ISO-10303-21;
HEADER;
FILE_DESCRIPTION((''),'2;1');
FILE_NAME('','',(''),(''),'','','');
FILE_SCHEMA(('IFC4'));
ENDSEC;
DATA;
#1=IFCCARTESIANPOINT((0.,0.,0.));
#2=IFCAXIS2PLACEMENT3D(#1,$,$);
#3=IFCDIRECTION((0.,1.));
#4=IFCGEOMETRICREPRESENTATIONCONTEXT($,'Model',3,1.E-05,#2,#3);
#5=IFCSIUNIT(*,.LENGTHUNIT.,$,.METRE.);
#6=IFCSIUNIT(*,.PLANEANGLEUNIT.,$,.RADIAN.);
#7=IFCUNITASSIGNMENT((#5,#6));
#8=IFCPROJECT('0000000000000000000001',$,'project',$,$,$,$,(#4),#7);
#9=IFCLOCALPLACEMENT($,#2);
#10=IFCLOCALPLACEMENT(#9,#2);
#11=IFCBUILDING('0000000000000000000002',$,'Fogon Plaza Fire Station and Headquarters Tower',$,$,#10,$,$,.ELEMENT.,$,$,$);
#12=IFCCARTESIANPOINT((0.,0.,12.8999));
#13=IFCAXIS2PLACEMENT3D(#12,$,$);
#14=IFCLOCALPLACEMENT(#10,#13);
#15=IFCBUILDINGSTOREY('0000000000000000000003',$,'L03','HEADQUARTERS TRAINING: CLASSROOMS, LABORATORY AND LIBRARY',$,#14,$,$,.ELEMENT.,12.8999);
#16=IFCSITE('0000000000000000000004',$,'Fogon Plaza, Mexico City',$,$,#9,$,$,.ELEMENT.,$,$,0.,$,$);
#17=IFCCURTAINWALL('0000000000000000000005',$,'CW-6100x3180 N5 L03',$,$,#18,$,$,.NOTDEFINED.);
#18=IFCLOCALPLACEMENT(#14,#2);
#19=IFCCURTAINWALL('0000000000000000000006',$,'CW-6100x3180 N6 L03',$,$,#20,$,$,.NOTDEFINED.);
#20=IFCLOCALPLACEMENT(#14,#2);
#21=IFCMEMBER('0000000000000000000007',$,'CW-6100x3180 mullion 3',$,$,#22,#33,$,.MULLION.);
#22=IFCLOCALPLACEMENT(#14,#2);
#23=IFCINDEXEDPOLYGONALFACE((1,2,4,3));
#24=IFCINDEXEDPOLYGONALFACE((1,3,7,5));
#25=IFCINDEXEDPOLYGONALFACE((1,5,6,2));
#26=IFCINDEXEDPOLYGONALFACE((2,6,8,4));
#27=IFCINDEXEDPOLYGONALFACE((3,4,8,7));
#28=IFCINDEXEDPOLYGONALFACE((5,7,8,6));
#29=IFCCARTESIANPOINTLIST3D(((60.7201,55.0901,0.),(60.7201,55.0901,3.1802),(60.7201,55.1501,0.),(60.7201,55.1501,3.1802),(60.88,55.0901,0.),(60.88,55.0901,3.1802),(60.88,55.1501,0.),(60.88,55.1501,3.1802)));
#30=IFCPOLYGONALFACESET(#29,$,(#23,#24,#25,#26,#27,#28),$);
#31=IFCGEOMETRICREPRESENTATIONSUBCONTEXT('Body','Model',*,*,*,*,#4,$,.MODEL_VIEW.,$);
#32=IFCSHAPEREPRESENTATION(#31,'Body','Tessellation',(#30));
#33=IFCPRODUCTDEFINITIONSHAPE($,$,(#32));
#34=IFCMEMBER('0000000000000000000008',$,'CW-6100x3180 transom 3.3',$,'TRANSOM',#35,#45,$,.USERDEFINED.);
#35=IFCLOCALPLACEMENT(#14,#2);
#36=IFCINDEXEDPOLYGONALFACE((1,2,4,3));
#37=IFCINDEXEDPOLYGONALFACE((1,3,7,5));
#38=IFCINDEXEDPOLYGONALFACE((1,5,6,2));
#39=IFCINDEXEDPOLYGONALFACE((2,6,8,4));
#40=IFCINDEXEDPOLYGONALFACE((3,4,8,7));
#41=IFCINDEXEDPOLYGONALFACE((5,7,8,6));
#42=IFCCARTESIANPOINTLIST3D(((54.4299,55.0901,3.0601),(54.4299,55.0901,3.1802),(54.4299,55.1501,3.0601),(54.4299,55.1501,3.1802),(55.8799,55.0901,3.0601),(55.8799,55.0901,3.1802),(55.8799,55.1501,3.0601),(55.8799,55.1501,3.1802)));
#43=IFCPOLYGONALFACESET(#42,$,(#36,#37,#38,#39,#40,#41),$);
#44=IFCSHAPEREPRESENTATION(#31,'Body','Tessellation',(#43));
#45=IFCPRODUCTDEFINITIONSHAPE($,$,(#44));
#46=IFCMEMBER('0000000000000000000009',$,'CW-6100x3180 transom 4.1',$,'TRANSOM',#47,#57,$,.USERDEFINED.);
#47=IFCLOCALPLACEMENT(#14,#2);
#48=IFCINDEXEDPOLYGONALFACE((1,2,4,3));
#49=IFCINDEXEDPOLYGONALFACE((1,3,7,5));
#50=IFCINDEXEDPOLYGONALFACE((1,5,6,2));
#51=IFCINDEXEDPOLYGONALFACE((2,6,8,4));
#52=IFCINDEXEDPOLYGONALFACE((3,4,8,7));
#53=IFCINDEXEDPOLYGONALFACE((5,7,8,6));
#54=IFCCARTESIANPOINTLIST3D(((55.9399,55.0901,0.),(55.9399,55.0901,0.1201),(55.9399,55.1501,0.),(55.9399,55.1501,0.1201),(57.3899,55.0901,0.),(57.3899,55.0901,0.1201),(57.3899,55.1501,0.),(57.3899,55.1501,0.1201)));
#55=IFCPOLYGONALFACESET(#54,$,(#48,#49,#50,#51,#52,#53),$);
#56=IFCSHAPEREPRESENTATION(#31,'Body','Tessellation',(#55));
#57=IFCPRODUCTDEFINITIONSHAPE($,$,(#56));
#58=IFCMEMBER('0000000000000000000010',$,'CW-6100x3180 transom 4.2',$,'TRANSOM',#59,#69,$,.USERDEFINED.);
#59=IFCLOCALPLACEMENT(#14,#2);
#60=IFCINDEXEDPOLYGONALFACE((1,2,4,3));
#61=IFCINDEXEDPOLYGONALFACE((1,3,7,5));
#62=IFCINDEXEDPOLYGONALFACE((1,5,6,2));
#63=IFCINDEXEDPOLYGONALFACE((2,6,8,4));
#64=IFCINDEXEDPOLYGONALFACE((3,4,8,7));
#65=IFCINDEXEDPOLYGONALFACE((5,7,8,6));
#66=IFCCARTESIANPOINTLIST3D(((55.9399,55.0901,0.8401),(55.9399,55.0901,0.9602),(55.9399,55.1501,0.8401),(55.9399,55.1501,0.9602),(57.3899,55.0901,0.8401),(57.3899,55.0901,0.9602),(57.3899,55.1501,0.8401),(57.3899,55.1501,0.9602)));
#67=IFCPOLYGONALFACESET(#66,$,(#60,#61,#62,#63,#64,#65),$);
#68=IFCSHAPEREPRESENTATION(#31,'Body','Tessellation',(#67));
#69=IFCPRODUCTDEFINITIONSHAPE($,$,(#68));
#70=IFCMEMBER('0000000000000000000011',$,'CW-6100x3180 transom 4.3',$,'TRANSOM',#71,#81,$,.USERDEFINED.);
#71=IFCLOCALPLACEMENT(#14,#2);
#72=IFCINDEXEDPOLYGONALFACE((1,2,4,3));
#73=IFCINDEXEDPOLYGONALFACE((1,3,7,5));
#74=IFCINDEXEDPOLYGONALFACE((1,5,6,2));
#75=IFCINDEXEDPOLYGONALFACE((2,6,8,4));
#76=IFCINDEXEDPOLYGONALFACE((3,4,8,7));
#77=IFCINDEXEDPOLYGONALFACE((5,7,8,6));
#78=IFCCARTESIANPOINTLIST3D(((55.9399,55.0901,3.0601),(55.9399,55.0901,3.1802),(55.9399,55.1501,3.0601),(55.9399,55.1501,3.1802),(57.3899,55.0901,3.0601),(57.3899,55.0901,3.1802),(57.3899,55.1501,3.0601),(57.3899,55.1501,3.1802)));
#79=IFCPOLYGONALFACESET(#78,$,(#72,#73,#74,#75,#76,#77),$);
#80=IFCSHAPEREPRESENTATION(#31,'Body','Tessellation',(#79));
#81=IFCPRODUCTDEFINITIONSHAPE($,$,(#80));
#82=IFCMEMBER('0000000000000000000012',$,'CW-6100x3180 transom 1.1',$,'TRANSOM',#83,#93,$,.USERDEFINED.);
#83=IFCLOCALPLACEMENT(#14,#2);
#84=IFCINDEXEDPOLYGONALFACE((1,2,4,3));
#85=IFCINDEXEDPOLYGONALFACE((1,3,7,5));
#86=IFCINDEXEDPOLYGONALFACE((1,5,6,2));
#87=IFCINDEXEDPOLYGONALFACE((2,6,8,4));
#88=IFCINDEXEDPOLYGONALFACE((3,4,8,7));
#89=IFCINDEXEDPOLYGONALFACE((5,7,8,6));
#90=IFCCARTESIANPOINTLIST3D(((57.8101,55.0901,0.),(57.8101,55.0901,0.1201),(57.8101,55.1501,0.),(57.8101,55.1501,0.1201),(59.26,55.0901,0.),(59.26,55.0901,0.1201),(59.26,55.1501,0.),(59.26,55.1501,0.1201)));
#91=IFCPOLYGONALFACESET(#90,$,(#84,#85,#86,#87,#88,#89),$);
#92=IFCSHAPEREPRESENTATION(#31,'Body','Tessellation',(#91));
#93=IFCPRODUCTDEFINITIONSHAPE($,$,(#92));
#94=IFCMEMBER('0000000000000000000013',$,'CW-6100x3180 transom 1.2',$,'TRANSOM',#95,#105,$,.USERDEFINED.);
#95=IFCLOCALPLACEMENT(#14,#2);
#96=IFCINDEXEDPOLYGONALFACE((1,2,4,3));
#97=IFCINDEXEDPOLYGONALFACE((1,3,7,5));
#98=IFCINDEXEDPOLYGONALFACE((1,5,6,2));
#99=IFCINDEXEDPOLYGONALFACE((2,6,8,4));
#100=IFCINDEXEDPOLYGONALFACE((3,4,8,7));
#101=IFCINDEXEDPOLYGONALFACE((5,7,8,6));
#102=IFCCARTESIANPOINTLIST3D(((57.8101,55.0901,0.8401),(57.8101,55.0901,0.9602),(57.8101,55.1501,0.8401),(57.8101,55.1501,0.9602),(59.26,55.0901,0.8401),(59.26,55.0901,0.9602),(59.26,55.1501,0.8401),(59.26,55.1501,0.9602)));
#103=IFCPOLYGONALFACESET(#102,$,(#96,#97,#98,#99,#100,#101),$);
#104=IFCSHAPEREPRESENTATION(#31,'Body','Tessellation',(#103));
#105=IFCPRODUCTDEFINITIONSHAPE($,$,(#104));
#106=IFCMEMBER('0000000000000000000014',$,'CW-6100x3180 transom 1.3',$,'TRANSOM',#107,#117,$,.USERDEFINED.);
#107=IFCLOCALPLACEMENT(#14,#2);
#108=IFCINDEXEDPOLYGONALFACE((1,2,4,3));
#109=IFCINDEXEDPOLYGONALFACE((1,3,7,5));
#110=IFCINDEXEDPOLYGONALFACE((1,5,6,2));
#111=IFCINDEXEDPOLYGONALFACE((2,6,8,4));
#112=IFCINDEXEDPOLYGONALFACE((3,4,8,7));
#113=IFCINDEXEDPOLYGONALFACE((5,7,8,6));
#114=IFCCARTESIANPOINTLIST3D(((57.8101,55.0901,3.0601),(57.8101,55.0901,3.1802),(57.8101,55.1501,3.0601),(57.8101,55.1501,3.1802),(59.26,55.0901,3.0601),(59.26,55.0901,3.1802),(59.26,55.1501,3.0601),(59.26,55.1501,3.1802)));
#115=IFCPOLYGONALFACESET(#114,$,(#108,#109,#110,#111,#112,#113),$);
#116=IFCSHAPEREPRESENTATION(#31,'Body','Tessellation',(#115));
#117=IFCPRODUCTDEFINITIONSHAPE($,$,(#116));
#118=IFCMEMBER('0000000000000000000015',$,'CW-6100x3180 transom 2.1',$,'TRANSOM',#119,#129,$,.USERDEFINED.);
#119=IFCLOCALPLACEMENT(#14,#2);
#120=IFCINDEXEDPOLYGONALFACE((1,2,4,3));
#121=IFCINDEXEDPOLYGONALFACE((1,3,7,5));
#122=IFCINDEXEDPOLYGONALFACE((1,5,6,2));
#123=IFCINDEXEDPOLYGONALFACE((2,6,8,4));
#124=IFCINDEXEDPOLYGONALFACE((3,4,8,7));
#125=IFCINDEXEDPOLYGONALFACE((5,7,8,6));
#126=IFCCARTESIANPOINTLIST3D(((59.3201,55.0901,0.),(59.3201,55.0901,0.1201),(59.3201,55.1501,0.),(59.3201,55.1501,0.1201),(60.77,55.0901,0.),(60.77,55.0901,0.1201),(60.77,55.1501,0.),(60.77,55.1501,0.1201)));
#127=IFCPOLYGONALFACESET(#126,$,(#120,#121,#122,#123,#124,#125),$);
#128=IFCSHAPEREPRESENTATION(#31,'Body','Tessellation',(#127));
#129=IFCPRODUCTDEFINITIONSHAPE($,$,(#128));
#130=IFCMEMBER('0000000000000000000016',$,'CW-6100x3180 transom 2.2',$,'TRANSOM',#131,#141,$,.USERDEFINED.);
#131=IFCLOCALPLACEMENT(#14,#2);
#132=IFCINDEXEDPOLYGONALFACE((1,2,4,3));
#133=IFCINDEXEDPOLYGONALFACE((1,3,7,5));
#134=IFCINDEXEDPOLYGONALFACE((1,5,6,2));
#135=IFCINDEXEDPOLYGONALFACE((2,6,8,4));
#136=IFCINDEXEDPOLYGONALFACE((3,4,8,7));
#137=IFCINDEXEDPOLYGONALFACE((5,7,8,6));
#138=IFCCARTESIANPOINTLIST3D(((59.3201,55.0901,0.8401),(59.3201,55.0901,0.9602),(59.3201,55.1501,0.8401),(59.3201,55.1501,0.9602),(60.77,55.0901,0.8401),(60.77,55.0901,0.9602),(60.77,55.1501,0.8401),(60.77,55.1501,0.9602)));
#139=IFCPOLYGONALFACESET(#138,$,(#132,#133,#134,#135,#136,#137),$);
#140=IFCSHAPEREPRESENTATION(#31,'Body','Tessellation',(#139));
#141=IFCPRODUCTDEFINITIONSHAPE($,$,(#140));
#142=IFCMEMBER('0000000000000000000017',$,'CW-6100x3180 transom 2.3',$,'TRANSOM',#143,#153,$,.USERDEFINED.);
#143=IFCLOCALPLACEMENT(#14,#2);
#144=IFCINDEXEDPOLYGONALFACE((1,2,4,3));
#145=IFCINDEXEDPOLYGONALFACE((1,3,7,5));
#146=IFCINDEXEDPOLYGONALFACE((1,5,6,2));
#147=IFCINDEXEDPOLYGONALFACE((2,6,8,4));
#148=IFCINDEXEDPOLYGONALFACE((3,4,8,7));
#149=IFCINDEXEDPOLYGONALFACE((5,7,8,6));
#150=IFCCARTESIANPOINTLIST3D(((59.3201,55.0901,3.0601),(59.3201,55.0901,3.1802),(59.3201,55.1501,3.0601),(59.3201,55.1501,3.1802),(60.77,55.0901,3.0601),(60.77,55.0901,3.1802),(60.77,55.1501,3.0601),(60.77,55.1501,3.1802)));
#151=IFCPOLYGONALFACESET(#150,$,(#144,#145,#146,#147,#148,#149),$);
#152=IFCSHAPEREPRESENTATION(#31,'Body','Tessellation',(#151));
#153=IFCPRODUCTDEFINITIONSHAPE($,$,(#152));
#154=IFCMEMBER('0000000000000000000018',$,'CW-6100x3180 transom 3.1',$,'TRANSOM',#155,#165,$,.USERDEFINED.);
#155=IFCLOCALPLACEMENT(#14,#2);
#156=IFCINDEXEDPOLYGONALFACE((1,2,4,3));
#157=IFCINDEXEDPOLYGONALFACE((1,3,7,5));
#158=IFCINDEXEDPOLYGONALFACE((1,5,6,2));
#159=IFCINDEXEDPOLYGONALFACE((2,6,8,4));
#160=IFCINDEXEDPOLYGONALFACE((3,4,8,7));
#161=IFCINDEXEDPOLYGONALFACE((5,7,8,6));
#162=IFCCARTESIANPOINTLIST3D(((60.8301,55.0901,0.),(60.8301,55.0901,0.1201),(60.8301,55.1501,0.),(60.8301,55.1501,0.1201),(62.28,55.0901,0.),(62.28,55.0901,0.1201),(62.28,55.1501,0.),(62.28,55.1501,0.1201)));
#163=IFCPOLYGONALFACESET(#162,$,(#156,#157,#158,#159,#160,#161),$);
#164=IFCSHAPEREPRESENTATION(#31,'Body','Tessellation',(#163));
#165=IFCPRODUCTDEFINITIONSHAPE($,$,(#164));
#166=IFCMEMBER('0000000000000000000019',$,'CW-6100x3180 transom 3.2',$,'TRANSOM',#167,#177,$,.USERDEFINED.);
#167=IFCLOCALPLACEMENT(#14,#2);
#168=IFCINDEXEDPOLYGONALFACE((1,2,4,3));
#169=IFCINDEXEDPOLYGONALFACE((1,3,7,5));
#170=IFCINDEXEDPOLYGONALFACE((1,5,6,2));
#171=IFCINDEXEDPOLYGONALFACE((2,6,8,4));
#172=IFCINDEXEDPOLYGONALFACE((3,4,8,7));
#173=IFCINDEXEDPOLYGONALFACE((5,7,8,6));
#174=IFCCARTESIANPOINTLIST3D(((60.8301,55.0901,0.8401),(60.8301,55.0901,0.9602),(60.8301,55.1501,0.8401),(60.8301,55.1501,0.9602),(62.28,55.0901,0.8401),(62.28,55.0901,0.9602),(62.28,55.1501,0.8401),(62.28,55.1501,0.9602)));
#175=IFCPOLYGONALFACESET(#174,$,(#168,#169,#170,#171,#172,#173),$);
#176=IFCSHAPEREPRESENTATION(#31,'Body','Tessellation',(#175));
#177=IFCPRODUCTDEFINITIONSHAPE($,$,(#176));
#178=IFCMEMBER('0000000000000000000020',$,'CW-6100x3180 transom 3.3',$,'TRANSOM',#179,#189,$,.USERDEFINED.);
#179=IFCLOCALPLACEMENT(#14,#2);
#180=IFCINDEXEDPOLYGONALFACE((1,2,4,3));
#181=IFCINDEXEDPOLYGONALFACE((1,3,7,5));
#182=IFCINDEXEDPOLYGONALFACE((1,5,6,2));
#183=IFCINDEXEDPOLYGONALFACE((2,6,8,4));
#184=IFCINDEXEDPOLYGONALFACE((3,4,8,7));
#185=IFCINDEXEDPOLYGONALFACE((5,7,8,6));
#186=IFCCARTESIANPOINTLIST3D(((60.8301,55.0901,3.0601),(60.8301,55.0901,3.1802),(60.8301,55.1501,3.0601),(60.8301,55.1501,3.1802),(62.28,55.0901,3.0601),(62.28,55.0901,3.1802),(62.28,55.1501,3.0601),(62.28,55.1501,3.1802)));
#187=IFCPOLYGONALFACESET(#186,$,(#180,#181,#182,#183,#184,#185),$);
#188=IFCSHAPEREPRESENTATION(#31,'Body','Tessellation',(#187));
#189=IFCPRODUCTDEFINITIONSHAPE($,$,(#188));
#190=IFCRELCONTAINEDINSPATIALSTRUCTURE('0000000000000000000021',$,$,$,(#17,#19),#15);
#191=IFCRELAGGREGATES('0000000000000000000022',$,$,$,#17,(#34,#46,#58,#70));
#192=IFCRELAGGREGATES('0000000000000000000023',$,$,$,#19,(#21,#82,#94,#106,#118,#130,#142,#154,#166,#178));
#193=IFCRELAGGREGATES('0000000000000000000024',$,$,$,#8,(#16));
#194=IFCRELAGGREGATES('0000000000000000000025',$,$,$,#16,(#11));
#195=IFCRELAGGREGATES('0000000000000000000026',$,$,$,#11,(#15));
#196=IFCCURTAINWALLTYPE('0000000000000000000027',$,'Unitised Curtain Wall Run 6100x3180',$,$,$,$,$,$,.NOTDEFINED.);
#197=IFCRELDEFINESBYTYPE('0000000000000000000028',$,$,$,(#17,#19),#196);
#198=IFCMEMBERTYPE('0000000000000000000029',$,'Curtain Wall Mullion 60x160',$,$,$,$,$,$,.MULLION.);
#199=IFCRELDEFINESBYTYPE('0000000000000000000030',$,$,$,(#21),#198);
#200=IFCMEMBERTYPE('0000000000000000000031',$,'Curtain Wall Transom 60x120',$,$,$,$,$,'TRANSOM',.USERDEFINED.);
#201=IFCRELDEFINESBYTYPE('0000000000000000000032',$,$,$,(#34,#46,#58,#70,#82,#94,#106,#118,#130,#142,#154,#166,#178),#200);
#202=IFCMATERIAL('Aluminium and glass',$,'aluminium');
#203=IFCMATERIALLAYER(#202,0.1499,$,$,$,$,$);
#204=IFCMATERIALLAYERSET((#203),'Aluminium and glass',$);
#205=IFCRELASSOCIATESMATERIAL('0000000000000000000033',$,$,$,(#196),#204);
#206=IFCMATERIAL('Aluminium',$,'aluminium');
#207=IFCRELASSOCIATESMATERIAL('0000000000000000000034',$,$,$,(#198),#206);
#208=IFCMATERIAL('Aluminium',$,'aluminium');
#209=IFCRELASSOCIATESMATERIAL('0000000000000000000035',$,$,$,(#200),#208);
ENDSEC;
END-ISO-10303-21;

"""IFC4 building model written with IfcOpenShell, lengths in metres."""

from ifc_helpers import new_model, si_unit, direction, frame, origin, origin_2d, place, context, subcontext, project, spatial, rectangle, extrude, material, layer, layer_set, material_profile, profile_set, type_object, element, aggregate, save


model = new_model("IFC4")

# Units and contexts
model_context = context("Model", 3, precision=1e-05, world=origin(), true_north=direction((0.0, 1.0)))
body_context = subcontext(model_context, "Body", "Model", "MODEL_VIEW")
ifc_project = project(units=[si_unit("LENGTHUNIT", "METRE"), si_unit("PLANEANGLEUNIT", "RADIAN")], contexts=[model_context])

# Site, building, storey
site_placement = place(None, origin())
site = spatial("IfcSite", under=ifc_project, at=site_placement, Name="Fogon Plaza, Mexico City", CompositionType="ELEMENT", RefElevation=0.0)
building_placement = place(site_placement, origin())
building = spatial("IfcBuilding", under=site, at=building_placement, Name="Fogon Plaza Fire Station and Headquarters Tower", CompositionType="ELEMENT")
storey_placement = place(building_placement, frame((0.0, 0.0, 12.8999)))
storey = spatial("IfcBuildingStorey", under=building, at=storey_placement, Name="L03", Description="HEADQUARTERS TRAINING: CLASSROOMS, LABORATORY AND LIBRARY", CompositionType="ELEMENT", Elevation=12.8999)

# Curtain walls, member
ifc_material_1 = material(Name="Aluminium and glass", Category="aluminium")
ifc_layer_1 = layer(ifc_material_1, 0.1499)
ifc_layer_set_1 = layer_set([ifc_layer_1], Name="Aluminium and glass")
curtain_wall_type = type_object("IfcCurtainWallType", Name="Unitised Curtain Wall Run 6100x3180", PredefinedType="NOTDEFINED", material=ifc_layer_set_1)
curtain_wall_1_placement = place(storey_placement, origin())
curtain_wall_1 = element("IfcCurtainWall", 1, at=curtain_wall_1_placement, inside=storey, type_object=curtain_wall_type, Name="CW-6100x3180 N5 L03", PredefinedType="NOTDEFINED")
ifc_material_2 = material(Name="Aluminium", Category="aluminium")
ifc_material_profile_1 = material_profile(ifc_material_2, rectangle(XDim=0.0601, YDim=0.1599, at=origin_2d()), Name="Curtain Wall Mullion 60x160")
ifc_profile_set_1 = profile_set([ifc_material_profile_1], Name="Aluminium")
member_type_1 = type_object("IfcMemberType", Name="Curtain Wall Mullion 60x160", PredefinedType="MULLION", material=ifc_profile_set_1)
curtain_wall_2_placement = place(storey_placement, origin())
curtain_wall_2 = element("IfcCurtainWall", 2, at=curtain_wall_2_placement, inside=storey, type_object=curtain_wall_type, Name="CW-6100x3180 N6 L03", PredefinedType="NOTDEFINED")
member_1_placement = place(storey_placement, frame((60.8, 55.1201, 0.0), z_axis=(0.0, 0.0, 1.0), x_axis=(0.0, 1.0, 0.0)))
member_1 = element("IfcMember", 3, at=member_1_placement, type_object=member_type_1, Name="CW-6100x3180 mullion 3", PredefinedType="MULLION", context=body_context, shape_type="SweptSolid", body=[
    extrude(rectangle(XDim=0.0601, YDim=0.1599, at=origin_2d()), origin(), (0.0, 0.0, 1.0), 3.1802),
])

# Members
ifc_material_3 = material(Name="Aluminium", Category="aluminium")
ifc_material_profile_2 = material_profile(ifc_material_3, rectangle(XDim=0.0601, YDim=0.1201, at=origin_2d()), Name="Curtain Wall Transom 60x120")
ifc_profile_set_2 = profile_set([ifc_material_profile_2], Name="Aluminium")
member_type_2 = type_object("IfcMemberType", Name="Curtain Wall Transom 60x120", ElementType="TRANSOM", PredefinedType="USERDEFINED", material=ifc_profile_set_2)
member_2_placement = place(storey_placement, frame((54.4299, 55.1201, 3.1201), z_axis=(1.0, 0.0, 0.0), x_axis=(0.0, 1.0, 0.0)))
member_2 = element("IfcMember", 4, at=member_2_placement, type_object=member_type_2, Name="CW-6100x3180 transom 3.3", ObjectType="TRANSOM", PredefinedType="USERDEFINED", context=body_context, shape_type="SweptSolid", body=[
    extrude(rectangle(XDim=0.0601, YDim=0.1201, at=origin_2d()), origin(), (0.0, 0.0, 1.0), 1.45),
])
member_3_placement = place(storey_placement, frame((55.9399, 55.1201, 0.0601), z_axis=(1.0, 0.0, 0.0), x_axis=(0.0, 1.0, 0.0)))
member_3 = element("IfcMember", 5, at=member_3_placement, type_object=member_type_2, Name="CW-6100x3180 transom 4.1", ObjectType="TRANSOM", PredefinedType="USERDEFINED", context=body_context, shape_type="SweptSolid", body=[
    extrude(rectangle(XDim=0.0601, YDim=0.1201, at=origin_2d()), origin(), (0.0, 0.0, 1.0), 1.45),
])
member_4_placement = place(storey_placement, frame((55.9399, 55.1201, 0.9001), z_axis=(1.0, 0.0, 0.0), x_axis=(0.0, 1.0, 0.0)))
member_4 = element("IfcMember", 6, at=member_4_placement, type_object=member_type_2, Name="CW-6100x3180 transom 4.2", ObjectType="TRANSOM", PredefinedType="USERDEFINED", context=body_context, shape_type="SweptSolid", body=[
    extrude(rectangle(XDim=0.0601, YDim=0.1201, at=origin_2d()), origin(), (0.0, 0.0, 1.0), 1.45),
])
member_5_placement = place(storey_placement, frame((55.9399, 55.1201, 3.1201), z_axis=(1.0, 0.0, 0.0), x_axis=(0.0, 1.0, 0.0)))
member_5 = element("IfcMember", 7, at=member_5_placement, type_object=member_type_2, Name="CW-6100x3180 transom 4.3", ObjectType="TRANSOM", PredefinedType="USERDEFINED", context=body_context, shape_type="SweptSolid", body=[
    extrude(rectangle(XDim=0.0601, YDim=0.1201, at=origin_2d()), origin(), (0.0, 0.0, 1.0), 1.45),
])
member_6_placement = place(storey_placement, frame((57.8101, 55.1201, 0.0601), z_axis=(1.0, 0.0, 0.0), x_axis=(0.0, 1.0, 0.0)))
member_6 = element("IfcMember", 8, at=member_6_placement, type_object=member_type_2, Name="CW-6100x3180 transom 1.1", ObjectType="TRANSOM", PredefinedType="USERDEFINED", context=body_context, shape_type="SweptSolid", body=[
    extrude(rectangle(XDim=0.0601, YDim=0.1201, at=origin_2d()), origin(), (0.0, 0.0, 1.0), 1.45),
])
member_7_placement = place(storey_placement, frame((57.8101, 55.1201, 0.9001), z_axis=(1.0, 0.0, 0.0), x_axis=(0.0, 1.0, 0.0)))
member_7 = element("IfcMember", 9, at=member_7_placement, type_object=member_type_2, Name="CW-6100x3180 transom 1.2", ObjectType="TRANSOM", PredefinedType="USERDEFINED", context=body_context, shape_type="SweptSolid", body=[
    extrude(rectangle(XDim=0.0601, YDim=0.1201, at=origin_2d()), origin(), (0.0, 0.0, 1.0), 1.45),
])
member_8_placement = place(storey_placement, frame((57.8101, 55.1201, 3.1201), z_axis=(1.0, 0.0, 0.0), x_axis=(0.0, 1.0, 0.0)))
member_8 = element("IfcMember", 10, at=member_8_placement, type_object=member_type_2, Name="CW-6100x3180 transom 1.3", ObjectType="TRANSOM", PredefinedType="USERDEFINED", context=body_context, shape_type="SweptSolid", body=[
    extrude(rectangle(XDim=0.0601, YDim=0.1201, at=origin_2d()), origin(), (0.0, 0.0, 1.0), 1.45),
])
member_9_placement = place(storey_placement, frame((59.3201, 55.1201, 0.0601), z_axis=(1.0, 0.0, 0.0), x_axis=(0.0, 1.0, 0.0)))
member_9 = element("IfcMember", 11, at=member_9_placement, type_object=member_type_2, Name="CW-6100x3180 transom 2.1", ObjectType="TRANSOM", PredefinedType="USERDEFINED", context=body_context, shape_type="SweptSolid", body=[
    extrude(rectangle(XDim=0.0601, YDim=0.1201, at=origin_2d()), origin(), (0.0, 0.0, 1.0), 1.45),
])
member_10_placement = place(storey_placement, frame((59.3201, 55.1201, 0.9001), z_axis=(1.0, 0.0, 0.0), x_axis=(0.0, 1.0, 0.0)))
member_10 = element("IfcMember", 12, at=member_10_placement, type_object=member_type_2, Name="CW-6100x3180 transom 2.2", ObjectType="TRANSOM", PredefinedType="USERDEFINED", context=body_context, shape_type="SweptSolid", body=[
    extrude(rectangle(XDim=0.0601, YDim=0.1201, at=origin_2d()), origin(), (0.0, 0.0, 1.0), 1.45),
])
member_11_placement = place(storey_placement, frame((59.3201, 55.1201, 3.1201), z_axis=(1.0, 0.0, 0.0), x_axis=(0.0, 1.0, 0.0)))
member_11 = element("IfcMember", 13, at=member_11_placement, type_object=member_type_2, Name="CW-6100x3180 transom 2.3", ObjectType="TRANSOM", PredefinedType="USERDEFINED", context=body_context, shape_type="SweptSolid", body=[
    extrude(rectangle(XDim=0.0601, YDim=0.1201, at=origin_2d()), origin(), (0.0, 0.0, 1.0), 1.45),
])
member_12_placement = place(storey_placement, frame((60.8301, 55.1201, 0.0601), z_axis=(1.0, 0.0, 0.0), x_axis=(0.0, 1.0, 0.0)))
member_12 = element("IfcMember", 14, at=member_12_placement, type_object=member_type_2, Name="CW-6100x3180 transom 3.1", ObjectType="TRANSOM", PredefinedType="USERDEFINED", context=body_context, shape_type="SweptSolid", body=[
    extrude(rectangle(XDim=0.0601, YDim=0.1201, at=origin_2d()), origin(), (0.0, 0.0, 1.0), 1.45),
])
member_13_placement = place(storey_placement, frame((60.8301, 55.1201, 0.9001), z_axis=(1.0, 0.0, 0.0), x_axis=(0.0, 1.0, 0.0)))
member_13 = element("IfcMember", 15, at=member_13_placement, type_object=member_type_2, Name="CW-6100x3180 transom 3.2", ObjectType="TRANSOM", PredefinedType="USERDEFINED", context=body_context, shape_type="SweptSolid", body=[
    extrude(rectangle(XDim=0.0601, YDim=0.1201, at=origin_2d()), origin(), (0.0, 0.0, 1.0), 1.45),
])
member_14_placement = place(storey_placement, frame((60.8301, 55.1201, 3.1201), z_axis=(1.0, 0.0, 0.0), x_axis=(0.0, 1.0, 0.0)))
member_14 = element("IfcMember", 16, at=member_14_placement, type_object=member_type_2, Name="CW-6100x3180 transom 3.3", ObjectType="TRANSOM", PredefinedType="USERDEFINED", context=body_context, shape_type="SweptSolid", body=[
    extrude(rectangle(XDim=0.0601, YDim=0.1201, at=origin_2d()), origin(), (0.0, 0.0, 1.0), 1.45),
])

aggregate(curtain_wall_1, [member_2, member_3, member_4, member_5])
aggregate(curtain_wall_2, [member_1, member_6, member_7, member_8, member_9, member_10, member_11, member_12, member_13, member_14])

save(model, "model.ifc")
